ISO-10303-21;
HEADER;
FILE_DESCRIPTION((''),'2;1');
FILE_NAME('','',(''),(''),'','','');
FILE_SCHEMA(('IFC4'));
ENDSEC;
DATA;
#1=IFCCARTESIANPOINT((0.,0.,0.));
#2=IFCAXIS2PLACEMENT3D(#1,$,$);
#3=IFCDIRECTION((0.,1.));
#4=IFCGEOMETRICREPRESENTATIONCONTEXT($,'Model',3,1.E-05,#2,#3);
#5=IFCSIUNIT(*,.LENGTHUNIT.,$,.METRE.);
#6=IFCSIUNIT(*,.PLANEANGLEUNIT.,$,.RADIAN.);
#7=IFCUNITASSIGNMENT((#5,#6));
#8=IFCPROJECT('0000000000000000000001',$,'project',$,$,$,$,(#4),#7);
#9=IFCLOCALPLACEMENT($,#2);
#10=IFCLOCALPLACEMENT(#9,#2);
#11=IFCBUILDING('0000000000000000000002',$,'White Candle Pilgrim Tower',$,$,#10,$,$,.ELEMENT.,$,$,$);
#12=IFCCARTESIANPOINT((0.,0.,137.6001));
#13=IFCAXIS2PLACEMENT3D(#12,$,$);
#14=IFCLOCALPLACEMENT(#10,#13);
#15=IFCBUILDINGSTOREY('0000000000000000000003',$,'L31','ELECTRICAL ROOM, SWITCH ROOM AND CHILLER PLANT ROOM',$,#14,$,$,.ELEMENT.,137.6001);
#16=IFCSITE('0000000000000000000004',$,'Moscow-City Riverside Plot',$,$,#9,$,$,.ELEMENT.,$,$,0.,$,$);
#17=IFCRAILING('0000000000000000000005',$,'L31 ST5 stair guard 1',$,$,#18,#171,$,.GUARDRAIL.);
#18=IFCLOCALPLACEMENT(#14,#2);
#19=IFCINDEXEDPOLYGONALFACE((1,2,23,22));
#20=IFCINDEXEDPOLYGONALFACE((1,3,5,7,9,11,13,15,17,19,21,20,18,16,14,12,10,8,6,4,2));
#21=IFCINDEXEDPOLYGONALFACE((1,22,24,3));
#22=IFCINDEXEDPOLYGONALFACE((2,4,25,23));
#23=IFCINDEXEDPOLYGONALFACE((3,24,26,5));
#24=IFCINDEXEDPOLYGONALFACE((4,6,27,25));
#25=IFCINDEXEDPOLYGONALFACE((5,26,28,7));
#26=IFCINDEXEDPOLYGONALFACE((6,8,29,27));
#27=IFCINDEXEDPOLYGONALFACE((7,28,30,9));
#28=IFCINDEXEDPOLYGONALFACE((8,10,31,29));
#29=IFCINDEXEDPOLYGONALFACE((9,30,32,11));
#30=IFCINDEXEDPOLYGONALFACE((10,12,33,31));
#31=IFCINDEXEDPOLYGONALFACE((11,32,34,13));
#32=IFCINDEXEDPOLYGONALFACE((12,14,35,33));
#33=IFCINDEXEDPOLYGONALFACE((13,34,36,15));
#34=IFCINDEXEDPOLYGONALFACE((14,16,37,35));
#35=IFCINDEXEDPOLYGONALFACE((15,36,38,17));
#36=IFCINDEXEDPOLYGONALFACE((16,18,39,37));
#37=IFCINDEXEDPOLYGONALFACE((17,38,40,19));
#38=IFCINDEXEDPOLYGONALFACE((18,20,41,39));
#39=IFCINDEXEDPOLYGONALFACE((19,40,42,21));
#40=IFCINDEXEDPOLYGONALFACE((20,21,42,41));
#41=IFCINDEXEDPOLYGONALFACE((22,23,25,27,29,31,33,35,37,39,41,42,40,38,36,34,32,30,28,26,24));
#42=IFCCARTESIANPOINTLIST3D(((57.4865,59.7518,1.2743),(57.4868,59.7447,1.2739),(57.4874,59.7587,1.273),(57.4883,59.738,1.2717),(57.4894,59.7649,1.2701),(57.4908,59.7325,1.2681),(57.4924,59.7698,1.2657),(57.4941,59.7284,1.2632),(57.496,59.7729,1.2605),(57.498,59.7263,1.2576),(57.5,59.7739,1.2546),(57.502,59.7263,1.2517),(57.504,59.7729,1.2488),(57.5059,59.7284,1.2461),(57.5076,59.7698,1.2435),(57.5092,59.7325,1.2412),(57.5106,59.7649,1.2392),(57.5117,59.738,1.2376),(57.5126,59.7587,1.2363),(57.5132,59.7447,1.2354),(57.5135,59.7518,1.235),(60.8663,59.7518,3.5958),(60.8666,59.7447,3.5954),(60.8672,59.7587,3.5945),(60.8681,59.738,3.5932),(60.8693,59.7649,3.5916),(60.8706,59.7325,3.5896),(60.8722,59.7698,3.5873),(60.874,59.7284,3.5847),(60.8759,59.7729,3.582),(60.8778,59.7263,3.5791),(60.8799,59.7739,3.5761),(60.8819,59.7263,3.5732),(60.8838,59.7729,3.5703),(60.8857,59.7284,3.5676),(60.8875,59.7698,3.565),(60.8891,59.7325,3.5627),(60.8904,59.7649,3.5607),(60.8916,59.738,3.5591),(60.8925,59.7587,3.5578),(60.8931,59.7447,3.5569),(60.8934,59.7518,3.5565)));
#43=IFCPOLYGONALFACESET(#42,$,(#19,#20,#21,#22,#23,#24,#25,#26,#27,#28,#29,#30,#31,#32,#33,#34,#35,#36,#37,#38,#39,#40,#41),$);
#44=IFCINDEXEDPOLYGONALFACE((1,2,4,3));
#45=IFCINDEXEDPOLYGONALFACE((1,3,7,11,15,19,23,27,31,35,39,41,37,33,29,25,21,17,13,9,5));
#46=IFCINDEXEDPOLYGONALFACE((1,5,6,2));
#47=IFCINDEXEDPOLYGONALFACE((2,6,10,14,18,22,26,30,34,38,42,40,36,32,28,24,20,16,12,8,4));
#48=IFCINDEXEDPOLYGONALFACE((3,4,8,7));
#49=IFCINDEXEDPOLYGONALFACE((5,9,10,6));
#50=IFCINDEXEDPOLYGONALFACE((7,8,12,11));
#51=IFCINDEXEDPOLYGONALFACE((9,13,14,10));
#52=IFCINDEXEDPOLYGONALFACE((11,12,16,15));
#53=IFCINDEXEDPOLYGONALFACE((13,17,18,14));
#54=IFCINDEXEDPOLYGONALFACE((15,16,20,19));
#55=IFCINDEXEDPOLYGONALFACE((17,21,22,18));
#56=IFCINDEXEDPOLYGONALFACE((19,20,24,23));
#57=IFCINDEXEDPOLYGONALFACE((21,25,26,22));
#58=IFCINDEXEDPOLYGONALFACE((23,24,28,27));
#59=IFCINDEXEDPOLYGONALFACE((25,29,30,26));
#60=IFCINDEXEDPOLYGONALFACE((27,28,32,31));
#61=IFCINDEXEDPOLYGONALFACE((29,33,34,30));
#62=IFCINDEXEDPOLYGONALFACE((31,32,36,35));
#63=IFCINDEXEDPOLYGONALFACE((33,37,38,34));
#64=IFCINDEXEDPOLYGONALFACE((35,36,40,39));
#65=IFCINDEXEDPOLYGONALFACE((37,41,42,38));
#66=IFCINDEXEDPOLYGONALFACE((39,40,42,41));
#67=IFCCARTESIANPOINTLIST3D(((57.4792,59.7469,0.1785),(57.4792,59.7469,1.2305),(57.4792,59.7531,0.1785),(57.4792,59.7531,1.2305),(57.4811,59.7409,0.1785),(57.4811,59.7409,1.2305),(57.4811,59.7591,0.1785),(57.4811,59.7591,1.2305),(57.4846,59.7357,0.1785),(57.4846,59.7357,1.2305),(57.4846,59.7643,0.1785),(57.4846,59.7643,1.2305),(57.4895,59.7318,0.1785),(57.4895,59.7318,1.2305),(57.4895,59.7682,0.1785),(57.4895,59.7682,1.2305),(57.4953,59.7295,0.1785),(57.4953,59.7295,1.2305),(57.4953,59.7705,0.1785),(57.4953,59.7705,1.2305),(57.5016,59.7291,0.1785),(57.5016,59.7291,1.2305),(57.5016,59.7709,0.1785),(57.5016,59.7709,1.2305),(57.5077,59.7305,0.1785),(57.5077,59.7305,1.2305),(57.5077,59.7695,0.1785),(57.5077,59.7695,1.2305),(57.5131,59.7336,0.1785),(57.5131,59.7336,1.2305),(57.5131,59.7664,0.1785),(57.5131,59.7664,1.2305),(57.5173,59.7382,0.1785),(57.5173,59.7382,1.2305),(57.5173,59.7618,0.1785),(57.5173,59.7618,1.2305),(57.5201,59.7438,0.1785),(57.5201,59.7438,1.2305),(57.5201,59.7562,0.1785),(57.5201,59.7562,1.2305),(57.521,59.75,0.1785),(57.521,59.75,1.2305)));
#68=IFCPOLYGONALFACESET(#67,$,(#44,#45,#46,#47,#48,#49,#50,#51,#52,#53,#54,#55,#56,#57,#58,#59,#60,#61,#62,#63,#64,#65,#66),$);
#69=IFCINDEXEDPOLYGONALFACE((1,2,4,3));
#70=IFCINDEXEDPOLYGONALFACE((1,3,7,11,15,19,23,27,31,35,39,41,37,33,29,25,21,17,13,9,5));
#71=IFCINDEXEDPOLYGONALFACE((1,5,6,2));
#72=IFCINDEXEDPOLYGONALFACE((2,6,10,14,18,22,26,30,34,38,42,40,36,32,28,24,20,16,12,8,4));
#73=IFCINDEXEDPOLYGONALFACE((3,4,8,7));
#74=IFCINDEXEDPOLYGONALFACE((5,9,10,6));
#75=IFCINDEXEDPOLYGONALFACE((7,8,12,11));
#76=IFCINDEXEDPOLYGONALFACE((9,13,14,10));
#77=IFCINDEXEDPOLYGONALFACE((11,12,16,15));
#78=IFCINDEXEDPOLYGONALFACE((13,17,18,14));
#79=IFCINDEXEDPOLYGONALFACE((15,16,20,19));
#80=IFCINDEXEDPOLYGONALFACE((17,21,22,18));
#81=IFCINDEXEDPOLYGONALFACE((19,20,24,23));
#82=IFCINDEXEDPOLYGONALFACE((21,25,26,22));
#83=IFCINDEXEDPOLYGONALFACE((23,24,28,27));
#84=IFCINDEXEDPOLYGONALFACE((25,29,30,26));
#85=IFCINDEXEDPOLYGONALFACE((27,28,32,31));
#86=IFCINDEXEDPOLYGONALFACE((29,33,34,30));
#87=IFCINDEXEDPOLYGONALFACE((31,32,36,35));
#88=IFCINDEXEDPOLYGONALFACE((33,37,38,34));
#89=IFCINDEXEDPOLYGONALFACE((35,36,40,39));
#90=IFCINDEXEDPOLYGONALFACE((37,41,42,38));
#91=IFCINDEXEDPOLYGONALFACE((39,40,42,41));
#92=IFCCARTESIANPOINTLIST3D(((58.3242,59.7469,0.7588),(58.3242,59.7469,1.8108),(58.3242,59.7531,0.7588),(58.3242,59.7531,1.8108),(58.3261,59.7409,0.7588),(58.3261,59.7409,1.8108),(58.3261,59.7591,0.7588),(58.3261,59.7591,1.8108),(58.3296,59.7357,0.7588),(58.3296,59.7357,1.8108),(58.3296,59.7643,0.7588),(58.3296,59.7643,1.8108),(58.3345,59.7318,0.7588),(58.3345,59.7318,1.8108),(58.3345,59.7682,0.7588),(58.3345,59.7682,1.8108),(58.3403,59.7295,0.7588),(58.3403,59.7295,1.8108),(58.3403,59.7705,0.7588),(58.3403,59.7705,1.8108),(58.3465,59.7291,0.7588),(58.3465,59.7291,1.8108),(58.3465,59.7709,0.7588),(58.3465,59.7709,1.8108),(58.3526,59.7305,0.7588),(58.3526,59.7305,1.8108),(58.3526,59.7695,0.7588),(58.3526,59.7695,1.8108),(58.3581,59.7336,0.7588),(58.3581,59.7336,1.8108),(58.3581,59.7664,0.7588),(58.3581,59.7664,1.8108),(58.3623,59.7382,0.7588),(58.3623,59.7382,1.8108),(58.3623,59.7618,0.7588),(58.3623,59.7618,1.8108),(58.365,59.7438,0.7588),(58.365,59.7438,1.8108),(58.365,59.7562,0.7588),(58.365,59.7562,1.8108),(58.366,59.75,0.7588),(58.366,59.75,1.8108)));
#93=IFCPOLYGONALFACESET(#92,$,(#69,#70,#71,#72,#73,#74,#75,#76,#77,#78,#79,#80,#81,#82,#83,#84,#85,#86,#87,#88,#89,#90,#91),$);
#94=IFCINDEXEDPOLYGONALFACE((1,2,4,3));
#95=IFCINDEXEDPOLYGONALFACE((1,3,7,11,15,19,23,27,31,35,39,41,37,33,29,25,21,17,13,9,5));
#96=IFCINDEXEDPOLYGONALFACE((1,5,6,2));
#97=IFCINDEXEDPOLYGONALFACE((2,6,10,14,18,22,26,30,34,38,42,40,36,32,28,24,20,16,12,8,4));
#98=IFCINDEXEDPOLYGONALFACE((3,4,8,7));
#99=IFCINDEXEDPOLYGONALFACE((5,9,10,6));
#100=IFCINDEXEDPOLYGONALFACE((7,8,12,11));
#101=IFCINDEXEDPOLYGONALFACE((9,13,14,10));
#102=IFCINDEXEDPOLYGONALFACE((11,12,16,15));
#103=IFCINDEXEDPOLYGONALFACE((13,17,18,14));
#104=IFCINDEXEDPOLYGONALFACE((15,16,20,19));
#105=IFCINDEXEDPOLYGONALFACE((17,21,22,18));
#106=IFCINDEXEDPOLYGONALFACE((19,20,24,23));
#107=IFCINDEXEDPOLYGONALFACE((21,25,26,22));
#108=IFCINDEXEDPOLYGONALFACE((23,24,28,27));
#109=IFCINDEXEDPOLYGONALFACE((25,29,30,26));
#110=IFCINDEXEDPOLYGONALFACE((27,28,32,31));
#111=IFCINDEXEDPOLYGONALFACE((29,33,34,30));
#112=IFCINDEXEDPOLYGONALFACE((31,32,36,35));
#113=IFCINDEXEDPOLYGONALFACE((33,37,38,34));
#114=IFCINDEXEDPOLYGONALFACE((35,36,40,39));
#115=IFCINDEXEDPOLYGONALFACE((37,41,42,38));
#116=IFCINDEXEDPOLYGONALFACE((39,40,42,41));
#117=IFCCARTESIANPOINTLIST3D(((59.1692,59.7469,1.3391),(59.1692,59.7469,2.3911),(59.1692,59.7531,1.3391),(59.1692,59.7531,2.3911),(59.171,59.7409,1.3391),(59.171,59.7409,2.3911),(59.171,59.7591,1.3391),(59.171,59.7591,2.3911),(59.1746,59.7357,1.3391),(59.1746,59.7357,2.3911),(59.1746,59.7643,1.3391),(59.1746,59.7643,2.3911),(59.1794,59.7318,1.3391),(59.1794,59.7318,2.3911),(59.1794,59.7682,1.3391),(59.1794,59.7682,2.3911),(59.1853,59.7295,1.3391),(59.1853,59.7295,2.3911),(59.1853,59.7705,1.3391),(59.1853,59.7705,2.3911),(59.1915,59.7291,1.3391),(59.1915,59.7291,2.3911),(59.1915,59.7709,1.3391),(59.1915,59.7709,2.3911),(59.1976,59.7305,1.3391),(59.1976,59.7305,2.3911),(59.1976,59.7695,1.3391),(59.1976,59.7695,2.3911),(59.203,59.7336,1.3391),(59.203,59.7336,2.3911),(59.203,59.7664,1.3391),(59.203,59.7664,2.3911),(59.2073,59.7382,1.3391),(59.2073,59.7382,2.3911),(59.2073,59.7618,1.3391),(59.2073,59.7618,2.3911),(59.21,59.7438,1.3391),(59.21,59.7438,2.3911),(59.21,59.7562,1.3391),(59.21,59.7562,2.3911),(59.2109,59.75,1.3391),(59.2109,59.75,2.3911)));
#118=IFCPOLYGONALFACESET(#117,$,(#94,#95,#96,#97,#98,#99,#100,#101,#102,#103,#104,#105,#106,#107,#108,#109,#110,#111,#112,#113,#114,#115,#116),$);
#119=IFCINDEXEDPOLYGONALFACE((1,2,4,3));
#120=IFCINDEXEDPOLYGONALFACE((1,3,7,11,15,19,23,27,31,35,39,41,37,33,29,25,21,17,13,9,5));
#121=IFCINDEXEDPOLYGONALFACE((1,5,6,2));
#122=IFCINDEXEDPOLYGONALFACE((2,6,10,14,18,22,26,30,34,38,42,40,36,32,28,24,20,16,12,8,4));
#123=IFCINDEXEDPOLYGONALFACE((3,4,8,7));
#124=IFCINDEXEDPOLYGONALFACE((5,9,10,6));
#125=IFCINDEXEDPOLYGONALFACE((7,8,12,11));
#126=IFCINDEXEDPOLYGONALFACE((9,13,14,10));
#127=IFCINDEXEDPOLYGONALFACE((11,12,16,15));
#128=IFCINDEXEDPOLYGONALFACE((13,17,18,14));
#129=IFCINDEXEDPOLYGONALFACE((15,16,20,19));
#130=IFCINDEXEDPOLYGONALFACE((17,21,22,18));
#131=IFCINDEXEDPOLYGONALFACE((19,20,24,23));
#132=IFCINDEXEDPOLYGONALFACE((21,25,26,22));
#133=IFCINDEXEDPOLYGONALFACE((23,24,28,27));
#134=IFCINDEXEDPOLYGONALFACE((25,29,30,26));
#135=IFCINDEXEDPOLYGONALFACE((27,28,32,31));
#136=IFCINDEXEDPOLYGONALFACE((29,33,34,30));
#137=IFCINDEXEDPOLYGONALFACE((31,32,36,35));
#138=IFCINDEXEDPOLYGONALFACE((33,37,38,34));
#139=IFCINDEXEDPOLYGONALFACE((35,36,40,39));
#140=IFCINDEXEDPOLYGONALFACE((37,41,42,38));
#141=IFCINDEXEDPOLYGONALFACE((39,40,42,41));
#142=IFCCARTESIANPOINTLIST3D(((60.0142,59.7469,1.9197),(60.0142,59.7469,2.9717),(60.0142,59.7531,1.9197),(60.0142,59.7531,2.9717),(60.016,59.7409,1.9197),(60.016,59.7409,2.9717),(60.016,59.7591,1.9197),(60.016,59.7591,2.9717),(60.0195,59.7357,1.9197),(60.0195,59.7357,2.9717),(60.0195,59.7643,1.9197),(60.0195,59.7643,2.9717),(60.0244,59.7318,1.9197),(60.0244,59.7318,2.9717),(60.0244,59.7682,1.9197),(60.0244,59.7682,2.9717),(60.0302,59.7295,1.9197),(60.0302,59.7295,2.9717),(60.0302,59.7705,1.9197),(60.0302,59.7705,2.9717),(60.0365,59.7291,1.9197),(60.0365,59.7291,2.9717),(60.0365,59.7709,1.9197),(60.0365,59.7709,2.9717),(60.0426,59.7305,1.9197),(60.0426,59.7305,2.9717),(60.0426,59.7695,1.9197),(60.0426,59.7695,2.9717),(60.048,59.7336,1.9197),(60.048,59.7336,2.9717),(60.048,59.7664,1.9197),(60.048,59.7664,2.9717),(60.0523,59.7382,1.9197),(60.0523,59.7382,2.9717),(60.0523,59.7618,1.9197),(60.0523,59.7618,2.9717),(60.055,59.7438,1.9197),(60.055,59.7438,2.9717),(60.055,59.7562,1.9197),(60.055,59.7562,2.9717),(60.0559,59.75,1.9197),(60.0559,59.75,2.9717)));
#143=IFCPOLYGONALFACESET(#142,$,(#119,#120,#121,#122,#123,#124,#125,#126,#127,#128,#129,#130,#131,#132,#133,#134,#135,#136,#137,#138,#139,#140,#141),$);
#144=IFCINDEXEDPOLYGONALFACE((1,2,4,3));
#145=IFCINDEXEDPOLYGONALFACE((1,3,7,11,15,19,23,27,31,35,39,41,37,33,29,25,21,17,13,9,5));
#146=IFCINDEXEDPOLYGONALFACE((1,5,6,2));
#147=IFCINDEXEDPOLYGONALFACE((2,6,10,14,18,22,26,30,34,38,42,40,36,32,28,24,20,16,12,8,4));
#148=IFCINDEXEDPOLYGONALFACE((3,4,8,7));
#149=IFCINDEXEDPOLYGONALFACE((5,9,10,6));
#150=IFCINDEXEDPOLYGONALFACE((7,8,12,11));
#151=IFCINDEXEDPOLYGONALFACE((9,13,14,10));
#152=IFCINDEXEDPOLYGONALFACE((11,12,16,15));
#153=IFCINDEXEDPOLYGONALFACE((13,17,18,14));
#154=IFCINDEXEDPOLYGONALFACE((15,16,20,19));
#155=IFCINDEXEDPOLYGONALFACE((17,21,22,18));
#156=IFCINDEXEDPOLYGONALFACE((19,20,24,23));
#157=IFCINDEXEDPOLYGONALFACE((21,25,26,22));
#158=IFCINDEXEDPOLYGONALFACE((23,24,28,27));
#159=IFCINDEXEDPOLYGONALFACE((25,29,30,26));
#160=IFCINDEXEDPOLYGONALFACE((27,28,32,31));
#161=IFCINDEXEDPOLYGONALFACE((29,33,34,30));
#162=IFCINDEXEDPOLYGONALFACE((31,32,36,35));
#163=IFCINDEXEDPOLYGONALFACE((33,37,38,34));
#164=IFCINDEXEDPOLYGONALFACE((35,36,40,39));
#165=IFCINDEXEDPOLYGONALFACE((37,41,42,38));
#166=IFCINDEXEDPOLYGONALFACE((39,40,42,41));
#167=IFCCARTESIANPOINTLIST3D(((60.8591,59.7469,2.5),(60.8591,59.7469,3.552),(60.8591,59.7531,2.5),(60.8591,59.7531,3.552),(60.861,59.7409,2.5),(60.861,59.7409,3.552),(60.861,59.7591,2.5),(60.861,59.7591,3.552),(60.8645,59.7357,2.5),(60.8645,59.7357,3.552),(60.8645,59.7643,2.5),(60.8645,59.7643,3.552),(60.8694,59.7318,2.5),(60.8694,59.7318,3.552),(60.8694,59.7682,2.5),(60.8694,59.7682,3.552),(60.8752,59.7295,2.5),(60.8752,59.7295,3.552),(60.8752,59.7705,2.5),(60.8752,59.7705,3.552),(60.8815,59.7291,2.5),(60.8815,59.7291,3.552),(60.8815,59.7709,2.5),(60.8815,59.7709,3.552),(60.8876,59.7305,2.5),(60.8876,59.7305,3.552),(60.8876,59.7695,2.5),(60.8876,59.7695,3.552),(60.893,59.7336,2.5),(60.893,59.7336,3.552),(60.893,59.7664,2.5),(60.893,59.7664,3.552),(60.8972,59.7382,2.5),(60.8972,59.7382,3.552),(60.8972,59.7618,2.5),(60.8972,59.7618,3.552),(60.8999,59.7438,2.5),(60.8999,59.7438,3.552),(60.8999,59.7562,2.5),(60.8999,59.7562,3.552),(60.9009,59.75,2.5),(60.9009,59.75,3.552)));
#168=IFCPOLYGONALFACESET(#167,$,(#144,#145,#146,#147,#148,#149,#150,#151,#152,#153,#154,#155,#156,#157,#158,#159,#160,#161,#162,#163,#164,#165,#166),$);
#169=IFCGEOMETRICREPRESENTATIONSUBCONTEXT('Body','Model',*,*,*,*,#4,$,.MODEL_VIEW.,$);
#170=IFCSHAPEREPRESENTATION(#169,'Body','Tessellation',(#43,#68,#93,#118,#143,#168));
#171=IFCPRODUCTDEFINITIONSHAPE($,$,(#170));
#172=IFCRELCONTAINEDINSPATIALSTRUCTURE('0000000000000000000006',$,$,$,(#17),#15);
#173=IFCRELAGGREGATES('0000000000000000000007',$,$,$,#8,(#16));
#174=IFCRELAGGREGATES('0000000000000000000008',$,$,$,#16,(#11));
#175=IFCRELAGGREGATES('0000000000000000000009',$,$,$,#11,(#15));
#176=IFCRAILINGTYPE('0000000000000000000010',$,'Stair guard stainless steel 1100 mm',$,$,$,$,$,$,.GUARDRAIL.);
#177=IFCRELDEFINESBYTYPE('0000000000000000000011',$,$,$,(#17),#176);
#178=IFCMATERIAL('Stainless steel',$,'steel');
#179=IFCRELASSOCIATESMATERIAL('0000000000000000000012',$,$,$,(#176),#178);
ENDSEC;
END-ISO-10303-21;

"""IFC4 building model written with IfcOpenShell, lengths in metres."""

from ifc_helpers import new_model, si_unit, direction, frame, origin, origin_2d, place, context, subcontext, project, spatial, circle, extrude, material, type_object, element, save


model = new_model("IFC4")

# Units and contexts
model_context = context("Model", 3, precision=1e-05, world=origin(), true_north=direction((0.0, 1.0)))
body_context = subcontext(model_context, "Body", "Model", "MODEL_VIEW")
ifc_project = project(units=[si_unit("LENGTHUNIT", "METRE"), si_unit("PLANEANGLEUNIT", "RADIAN")], contexts=[model_context])

# Site, building, storey
site_placement = place(None, origin())
site = spatial("IfcSite", under=ifc_project, at=site_placement, Name="Moscow-City Riverside Plot", CompositionType="ELEMENT", RefElevation=0.0)
building_placement = place(site_placement, origin())
building = spatial("IfcBuilding", under=site, at=building_placement, Name="White Candle Pilgrim Tower", CompositionType="ELEMENT")
storey_placement = place(building_placement, frame((0.0, 0.0, 137.6001)))
storey = spatial("IfcBuildingStorey", under=building, at=storey_placement, Name="L31", Description="ELECTRICAL ROOM, SWITCH ROOM AND CHILLER PLANT ROOM", CompositionType="ELEMENT", Elevation=137.6001)

# Railing
ifc_material_1 = material(Name="Stainless steel", Category="steel")
railing_type_1 = type_object("IfcRailingType", Name="Stair guard stainless steel 1100 mm", PredefinedType="GUARDRAIL", material=ifc_material_1)
railing_1_placement = place(storey_placement, frame((57.5, 59.75, 0.1785)))
element("IfcRailing", 1, at=railing_1_placement, inside=storey, type_object=railing_type_1, Name="L31 ST5 stair guard 1", PredefinedType="GUARDRAIL", context=body_context, shape_type="SweptSolid", body=[
    extrude(circle(Radius=0.0239, at=origin_2d()), frame((0.0, 0.0, 1.0762), z_axis=(0.824285, 0.0, 0.566175), x_axis=(0.0, 1.0, 0.0)), (0.0, 0.0, 1.0), 4.1003),
    extrude(circle(Radius=0.021, at=origin_2d()), origin(), (0.0, 0.0, 1.0), 1.052),
    extrude(circle(Radius=0.021, at=origin_2d()), frame((0.845, 0.0, 0.5803)), (0.0, 0.0, 1.0), 1.052),
    extrude(circle(Radius=0.021, at=origin_2d()), frame((1.6899, 0.0, 1.1606)), (0.0, 0.0, 1.0), 1.052),
    extrude(circle(Radius=0.021, at=origin_2d()), frame((2.5349, 0.0, 1.7412)), (0.0, 0.0, 1.0), 1.052),
    extrude(circle(Radius=0.021, at=origin_2d()), frame((3.3799, 0.0, 2.3215)), (0.0, 0.0, 1.0), 1.052),
])

save(model, "model.ifc")
